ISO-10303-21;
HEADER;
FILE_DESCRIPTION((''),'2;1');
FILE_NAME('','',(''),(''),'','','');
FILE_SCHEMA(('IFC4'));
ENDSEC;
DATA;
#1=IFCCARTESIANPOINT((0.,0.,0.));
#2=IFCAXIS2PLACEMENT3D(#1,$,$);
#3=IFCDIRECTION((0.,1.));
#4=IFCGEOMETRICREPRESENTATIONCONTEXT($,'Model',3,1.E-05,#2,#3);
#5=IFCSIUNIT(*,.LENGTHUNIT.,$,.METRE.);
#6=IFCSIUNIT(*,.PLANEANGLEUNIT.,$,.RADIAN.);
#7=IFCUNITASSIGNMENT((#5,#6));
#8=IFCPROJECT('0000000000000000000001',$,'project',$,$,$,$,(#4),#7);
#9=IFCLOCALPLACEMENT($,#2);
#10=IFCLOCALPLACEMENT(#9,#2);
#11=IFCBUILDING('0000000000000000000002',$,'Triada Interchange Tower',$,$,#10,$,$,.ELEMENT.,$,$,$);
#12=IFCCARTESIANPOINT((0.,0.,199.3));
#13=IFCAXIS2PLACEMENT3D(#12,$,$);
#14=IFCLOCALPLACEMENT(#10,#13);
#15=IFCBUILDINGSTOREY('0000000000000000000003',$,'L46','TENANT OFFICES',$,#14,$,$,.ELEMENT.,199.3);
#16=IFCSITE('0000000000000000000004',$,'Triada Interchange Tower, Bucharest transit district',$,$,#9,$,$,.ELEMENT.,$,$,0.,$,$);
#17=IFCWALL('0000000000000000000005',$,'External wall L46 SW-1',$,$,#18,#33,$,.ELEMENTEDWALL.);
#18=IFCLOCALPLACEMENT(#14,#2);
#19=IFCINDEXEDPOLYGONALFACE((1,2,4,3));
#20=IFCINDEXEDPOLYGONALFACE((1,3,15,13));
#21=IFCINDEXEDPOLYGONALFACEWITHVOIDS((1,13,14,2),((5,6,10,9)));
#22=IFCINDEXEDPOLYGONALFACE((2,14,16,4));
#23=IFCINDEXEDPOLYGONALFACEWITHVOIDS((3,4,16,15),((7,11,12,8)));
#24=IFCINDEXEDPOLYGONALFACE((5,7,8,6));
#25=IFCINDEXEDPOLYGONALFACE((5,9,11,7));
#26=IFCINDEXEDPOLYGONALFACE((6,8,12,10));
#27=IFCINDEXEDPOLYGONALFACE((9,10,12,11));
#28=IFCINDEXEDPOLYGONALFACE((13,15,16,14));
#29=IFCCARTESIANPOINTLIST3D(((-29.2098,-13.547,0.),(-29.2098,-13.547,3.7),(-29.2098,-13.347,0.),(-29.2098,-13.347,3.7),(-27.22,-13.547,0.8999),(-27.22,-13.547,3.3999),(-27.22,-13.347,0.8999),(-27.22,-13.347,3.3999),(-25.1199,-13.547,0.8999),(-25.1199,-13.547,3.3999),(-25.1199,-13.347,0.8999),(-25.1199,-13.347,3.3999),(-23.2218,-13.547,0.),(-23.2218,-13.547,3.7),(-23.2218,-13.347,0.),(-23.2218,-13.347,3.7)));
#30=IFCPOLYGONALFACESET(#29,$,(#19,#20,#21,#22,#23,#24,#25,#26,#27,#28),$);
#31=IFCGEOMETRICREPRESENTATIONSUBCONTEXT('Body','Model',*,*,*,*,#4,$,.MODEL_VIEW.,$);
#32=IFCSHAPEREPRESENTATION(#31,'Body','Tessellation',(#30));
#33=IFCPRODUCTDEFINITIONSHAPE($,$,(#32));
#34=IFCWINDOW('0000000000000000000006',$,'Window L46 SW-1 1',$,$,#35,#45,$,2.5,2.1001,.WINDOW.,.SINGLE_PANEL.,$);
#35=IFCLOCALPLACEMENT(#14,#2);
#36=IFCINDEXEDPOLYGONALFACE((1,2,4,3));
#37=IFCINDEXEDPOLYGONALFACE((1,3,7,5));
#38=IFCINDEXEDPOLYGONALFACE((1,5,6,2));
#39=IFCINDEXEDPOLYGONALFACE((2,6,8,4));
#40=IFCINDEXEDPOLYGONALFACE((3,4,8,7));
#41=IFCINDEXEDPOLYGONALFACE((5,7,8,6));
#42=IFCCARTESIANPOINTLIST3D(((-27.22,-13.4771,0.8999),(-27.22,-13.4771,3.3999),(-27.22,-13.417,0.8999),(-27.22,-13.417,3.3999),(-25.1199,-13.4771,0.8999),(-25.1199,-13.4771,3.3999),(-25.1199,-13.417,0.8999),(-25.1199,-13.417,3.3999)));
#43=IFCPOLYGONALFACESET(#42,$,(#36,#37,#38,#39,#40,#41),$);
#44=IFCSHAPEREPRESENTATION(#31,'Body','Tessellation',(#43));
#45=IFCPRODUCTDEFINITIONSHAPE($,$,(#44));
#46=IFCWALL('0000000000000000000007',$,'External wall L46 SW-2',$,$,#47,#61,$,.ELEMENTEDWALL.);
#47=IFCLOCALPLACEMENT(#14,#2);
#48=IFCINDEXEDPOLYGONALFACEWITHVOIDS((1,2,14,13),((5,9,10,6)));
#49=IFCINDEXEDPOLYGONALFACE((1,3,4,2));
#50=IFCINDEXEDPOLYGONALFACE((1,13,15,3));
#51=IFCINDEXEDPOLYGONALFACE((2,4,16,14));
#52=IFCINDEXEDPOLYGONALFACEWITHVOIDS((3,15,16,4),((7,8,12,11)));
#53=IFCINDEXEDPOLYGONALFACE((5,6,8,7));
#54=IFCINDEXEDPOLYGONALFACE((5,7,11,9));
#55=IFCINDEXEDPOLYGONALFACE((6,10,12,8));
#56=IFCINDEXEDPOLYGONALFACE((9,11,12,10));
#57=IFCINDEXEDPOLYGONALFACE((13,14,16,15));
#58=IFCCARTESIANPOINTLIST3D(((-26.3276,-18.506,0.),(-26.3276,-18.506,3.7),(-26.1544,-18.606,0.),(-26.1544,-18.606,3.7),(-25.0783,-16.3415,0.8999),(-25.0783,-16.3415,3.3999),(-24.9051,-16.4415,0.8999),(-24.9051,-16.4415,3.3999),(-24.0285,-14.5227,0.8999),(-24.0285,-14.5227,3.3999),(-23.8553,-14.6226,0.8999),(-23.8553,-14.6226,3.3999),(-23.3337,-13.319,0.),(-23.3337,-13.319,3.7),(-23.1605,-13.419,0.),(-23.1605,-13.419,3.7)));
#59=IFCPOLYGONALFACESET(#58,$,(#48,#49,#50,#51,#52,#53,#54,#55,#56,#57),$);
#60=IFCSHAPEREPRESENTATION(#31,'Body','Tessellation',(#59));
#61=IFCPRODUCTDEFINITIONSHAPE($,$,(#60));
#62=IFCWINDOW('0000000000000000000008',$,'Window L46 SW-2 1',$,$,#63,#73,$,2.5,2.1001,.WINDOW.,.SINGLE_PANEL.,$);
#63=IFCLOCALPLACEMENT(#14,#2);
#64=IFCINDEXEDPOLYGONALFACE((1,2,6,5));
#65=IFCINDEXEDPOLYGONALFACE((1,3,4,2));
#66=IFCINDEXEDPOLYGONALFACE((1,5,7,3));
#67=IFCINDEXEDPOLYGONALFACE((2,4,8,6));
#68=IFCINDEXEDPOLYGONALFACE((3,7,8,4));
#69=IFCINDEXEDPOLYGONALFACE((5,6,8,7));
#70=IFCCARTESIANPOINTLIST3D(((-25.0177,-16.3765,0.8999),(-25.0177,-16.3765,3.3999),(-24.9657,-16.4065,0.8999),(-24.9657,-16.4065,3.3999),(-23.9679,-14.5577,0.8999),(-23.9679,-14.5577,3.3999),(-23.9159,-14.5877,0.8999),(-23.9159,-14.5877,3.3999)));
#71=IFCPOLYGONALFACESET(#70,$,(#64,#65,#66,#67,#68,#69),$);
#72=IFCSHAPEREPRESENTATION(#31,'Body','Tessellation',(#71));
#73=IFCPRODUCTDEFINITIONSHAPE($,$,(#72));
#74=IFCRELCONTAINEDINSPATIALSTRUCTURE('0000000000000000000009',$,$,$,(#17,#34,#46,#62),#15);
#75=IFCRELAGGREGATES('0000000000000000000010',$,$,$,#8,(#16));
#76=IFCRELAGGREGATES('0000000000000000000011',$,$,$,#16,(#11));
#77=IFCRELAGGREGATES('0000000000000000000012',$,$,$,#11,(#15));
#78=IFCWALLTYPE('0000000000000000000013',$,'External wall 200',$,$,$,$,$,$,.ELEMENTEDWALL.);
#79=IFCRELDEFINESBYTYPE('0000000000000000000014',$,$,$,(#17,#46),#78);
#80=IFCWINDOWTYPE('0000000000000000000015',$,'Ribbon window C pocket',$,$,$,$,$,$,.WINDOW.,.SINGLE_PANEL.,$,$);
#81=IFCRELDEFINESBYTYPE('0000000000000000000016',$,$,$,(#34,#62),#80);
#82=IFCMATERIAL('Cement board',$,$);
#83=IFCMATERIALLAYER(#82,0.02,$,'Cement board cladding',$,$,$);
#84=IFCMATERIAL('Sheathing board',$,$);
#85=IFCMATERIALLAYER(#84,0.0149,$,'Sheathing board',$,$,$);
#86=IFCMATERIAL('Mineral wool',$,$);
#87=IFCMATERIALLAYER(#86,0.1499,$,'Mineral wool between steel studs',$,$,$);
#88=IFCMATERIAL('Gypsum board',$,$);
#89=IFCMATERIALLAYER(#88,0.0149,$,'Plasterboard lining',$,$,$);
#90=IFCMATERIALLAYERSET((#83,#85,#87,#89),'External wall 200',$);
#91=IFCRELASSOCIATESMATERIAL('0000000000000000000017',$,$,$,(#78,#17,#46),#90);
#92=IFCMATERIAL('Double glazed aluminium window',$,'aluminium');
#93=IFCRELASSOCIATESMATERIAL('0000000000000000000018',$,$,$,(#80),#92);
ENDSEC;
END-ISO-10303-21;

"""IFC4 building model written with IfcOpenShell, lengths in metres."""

from ifc_helpers import new_model, si_unit, direction, frame, frame_2d, origin, place, context, subcontext, project, spatial, rectangle, extrude, material, layer, layer_set, layer_usage, type_object, element, fill, save


model = new_model("IFC4")

# Units and contexts
model_context = context("Model", 3, precision=1e-05, world=origin(), true_north=direction((0.0, 1.0)))
body_context = subcontext(model_context, "Body", "Model", "MODEL_VIEW")
ifc_project = project(units=[si_unit("LENGTHUNIT", "METRE"), si_unit("PLANEANGLEUNIT", "RADIAN")], contexts=[model_context])

# Site, building, storey
site_placement = place(None, origin())
site = spatial("IfcSite", under=ifc_project, at=site_placement, Name="Triada Interchange Tower, Bucharest transit district", CompositionType="ELEMENT", RefElevation=0.0)
building_placement = place(site_placement, origin())
building = spatial("IfcBuilding", under=site, at=building_placement, Name="Triada Interchange Tower", CompositionType="ELEMENT")
storey_placement = place(building_placement, frame((0.0, 0.0, 199.3)))
storey = spatial("IfcBuildingStorey", under=building, at=storey_placement, Name="L46", Description="TENANT OFFICES", CompositionType="ELEMENT", Elevation=199.3)

# Walls, openings, windows
ifc_material_1 = material(Name="Cement board")
ifc_layer_1 = layer(ifc_material_1, 0.02, Name="Cement board cladding")
ifc_material_2 = material(Name="Sheathing board")
ifc_layer_2 = layer(ifc_material_2, 0.0149, Name="Sheathing board")
ifc_material_3 = material(Name="Mineral wool")
ifc_layer_3 = layer(ifc_material_3, 0.1499, Name="Mineral wool between steel studs")
ifc_material_4 = material(Name="Gypsum board")
ifc_layer_4 = layer(ifc_material_4, 0.0149, Name="Plasterboard lining")
ifc_layer_set_1 = layer_set([ifc_layer_1, ifc_layer_2, ifc_layer_3, ifc_layer_4], Name="External wall 200")
ifc_layer_usage = layer_usage(ifc_layer_set_1, "AXIS2", "POSITIVE", -0.1001)
wall_type_1 = type_object("IfcWallType", Name="External wall 200", PredefinedType="ELEMENTEDWALL", material=ifc_layer_set_1)
wall_1_placement = place(storey_placement, frame((-29.21, -13.447, 0.0), z_axis=(0.0, 0.0, 1.0), x_axis=(1.0, 0.0, 0.0)))
wall_1 = element("IfcWall", 1, at=wall_1_placement, inside=storey, type_object=wall_type_1, material=ifc_layer_usage, Name="External wall L46 SW-1", PredefinedType="ELEMENTEDWALL", context=body_context, shape_type="SweptSolid", body=[
    extrude(rectangle(XDim=5.988, YDim=0.2, at=frame_2d((2.9941, 0.0))), origin(), (0.0, 0.0, 1.0), 3.7),
])
opening_1_placement = place(wall_1_placement, frame((1.99, 0.0, 0.8999)))
opening_1 = element("IfcOpeningElement", 2, at=opening_1_placement, cuts=wall_1, PredefinedType="OPENING", context=body_context, shape_type="SweptSolid", body=[
    extrude(rectangle(XDim=2.1001, YDim=2.5, at=frame_2d((1.05, 1.25))), frame((0.0, 0.1099, 0.0), z_axis=(0.0, -1.0, 0.0), x_axis=(1.0, 0.0, 0.0)), (0.0, 0.0, 1.0), 0.22),
])
ifc_material_5 = material(Name="Double glazed aluminium window", Category="aluminium")
window_type_1 = type_object("IfcWindowType", Name="Ribbon window C pocket", PartitioningType="SINGLE_PANEL", PredefinedType="WINDOW", material=ifc_material_5)
window_1_placement = place(opening_1_placement, origin())
window_1 = element("IfcWindow", 3, at=window_1_placement, inside=storey, type_object=window_type_1, Name="Window L46 SW-1 1", OverallHeight=2.5, OverallWidth=2.1001, PartitioningType="SINGLE_PANEL", PredefinedType="WINDOW", context=body_context, shape_type="SweptSolid", body=[
    extrude(rectangle(XDim=2.1001, YDim=2.5, at=frame_2d((1.05, 1.25))), frame((0.0, 0.03, 0.0), z_axis=(0.0, -1.0, 0.0), x_axis=(1.0, 0.0, 0.0)), (0.0, 0.0, 1.0), 0.0601),
])
fill(opening_1, window_1)
wall_2_placement = place(storey_placement, frame((-23.2471, -13.3689, 0.0), z_axis=(0.0, 0.0, 1.0), x_axis=(-0.499897, -0.866085, 0.0)))
wall_2 = element("IfcWall", 4, at=wall_2_placement, inside=storey, type_object=wall_type_1, material=ifc_layer_usage, Name="External wall L46 SW-2", PredefinedType="ELEMENTEDWALL", context=body_context, shape_type="SweptSolid", body=[
    extrude(rectangle(XDim=5.989, YDim=0.2, at=frame_2d((2.9946, 0.0))), origin(), (0.0, 0.0, 1.0), 3.7),
])
opening_2_placement = place(wall_2_placement, frame((1.3899, 0.0, 0.8999)))
opening_2 = element("IfcOpeningElement", 5, at=opening_2_placement, cuts=wall_2, PredefinedType="OPENING", context=body_context, shape_type="SweptSolid", body=[
    extrude(rectangle(XDim=2.1001, YDim=2.5, at=frame_2d((1.05, 1.25))), frame((0.0, 0.1099, 0.0), z_axis=(0.0, -1.0, 0.0), x_axis=(1.0, 0.0, 0.0)), (0.0, 0.0, 1.0), 0.22),
])
window_2_placement = place(opening_2_placement, origin())
window_2 = element("IfcWindow", 6, at=window_2_placement, inside=storey, type_object=window_type_1, Name="Window L46 SW-2 1", OverallHeight=2.5, OverallWidth=2.1001, PartitioningType="SINGLE_PANEL", PredefinedType="WINDOW", context=body_context, shape_type="SweptSolid", body=[
    extrude(rectangle(XDim=2.1001, YDim=2.5, at=frame_2d((1.05, 1.25))), frame((0.0, 0.03, 0.0), z_axis=(0.0, -1.0, 0.0), x_axis=(1.0, 0.0, 0.0)), (0.0, 0.0, 1.0), 0.0601),
])
fill(opening_2, window_2)

save(model, "model.ifc")
